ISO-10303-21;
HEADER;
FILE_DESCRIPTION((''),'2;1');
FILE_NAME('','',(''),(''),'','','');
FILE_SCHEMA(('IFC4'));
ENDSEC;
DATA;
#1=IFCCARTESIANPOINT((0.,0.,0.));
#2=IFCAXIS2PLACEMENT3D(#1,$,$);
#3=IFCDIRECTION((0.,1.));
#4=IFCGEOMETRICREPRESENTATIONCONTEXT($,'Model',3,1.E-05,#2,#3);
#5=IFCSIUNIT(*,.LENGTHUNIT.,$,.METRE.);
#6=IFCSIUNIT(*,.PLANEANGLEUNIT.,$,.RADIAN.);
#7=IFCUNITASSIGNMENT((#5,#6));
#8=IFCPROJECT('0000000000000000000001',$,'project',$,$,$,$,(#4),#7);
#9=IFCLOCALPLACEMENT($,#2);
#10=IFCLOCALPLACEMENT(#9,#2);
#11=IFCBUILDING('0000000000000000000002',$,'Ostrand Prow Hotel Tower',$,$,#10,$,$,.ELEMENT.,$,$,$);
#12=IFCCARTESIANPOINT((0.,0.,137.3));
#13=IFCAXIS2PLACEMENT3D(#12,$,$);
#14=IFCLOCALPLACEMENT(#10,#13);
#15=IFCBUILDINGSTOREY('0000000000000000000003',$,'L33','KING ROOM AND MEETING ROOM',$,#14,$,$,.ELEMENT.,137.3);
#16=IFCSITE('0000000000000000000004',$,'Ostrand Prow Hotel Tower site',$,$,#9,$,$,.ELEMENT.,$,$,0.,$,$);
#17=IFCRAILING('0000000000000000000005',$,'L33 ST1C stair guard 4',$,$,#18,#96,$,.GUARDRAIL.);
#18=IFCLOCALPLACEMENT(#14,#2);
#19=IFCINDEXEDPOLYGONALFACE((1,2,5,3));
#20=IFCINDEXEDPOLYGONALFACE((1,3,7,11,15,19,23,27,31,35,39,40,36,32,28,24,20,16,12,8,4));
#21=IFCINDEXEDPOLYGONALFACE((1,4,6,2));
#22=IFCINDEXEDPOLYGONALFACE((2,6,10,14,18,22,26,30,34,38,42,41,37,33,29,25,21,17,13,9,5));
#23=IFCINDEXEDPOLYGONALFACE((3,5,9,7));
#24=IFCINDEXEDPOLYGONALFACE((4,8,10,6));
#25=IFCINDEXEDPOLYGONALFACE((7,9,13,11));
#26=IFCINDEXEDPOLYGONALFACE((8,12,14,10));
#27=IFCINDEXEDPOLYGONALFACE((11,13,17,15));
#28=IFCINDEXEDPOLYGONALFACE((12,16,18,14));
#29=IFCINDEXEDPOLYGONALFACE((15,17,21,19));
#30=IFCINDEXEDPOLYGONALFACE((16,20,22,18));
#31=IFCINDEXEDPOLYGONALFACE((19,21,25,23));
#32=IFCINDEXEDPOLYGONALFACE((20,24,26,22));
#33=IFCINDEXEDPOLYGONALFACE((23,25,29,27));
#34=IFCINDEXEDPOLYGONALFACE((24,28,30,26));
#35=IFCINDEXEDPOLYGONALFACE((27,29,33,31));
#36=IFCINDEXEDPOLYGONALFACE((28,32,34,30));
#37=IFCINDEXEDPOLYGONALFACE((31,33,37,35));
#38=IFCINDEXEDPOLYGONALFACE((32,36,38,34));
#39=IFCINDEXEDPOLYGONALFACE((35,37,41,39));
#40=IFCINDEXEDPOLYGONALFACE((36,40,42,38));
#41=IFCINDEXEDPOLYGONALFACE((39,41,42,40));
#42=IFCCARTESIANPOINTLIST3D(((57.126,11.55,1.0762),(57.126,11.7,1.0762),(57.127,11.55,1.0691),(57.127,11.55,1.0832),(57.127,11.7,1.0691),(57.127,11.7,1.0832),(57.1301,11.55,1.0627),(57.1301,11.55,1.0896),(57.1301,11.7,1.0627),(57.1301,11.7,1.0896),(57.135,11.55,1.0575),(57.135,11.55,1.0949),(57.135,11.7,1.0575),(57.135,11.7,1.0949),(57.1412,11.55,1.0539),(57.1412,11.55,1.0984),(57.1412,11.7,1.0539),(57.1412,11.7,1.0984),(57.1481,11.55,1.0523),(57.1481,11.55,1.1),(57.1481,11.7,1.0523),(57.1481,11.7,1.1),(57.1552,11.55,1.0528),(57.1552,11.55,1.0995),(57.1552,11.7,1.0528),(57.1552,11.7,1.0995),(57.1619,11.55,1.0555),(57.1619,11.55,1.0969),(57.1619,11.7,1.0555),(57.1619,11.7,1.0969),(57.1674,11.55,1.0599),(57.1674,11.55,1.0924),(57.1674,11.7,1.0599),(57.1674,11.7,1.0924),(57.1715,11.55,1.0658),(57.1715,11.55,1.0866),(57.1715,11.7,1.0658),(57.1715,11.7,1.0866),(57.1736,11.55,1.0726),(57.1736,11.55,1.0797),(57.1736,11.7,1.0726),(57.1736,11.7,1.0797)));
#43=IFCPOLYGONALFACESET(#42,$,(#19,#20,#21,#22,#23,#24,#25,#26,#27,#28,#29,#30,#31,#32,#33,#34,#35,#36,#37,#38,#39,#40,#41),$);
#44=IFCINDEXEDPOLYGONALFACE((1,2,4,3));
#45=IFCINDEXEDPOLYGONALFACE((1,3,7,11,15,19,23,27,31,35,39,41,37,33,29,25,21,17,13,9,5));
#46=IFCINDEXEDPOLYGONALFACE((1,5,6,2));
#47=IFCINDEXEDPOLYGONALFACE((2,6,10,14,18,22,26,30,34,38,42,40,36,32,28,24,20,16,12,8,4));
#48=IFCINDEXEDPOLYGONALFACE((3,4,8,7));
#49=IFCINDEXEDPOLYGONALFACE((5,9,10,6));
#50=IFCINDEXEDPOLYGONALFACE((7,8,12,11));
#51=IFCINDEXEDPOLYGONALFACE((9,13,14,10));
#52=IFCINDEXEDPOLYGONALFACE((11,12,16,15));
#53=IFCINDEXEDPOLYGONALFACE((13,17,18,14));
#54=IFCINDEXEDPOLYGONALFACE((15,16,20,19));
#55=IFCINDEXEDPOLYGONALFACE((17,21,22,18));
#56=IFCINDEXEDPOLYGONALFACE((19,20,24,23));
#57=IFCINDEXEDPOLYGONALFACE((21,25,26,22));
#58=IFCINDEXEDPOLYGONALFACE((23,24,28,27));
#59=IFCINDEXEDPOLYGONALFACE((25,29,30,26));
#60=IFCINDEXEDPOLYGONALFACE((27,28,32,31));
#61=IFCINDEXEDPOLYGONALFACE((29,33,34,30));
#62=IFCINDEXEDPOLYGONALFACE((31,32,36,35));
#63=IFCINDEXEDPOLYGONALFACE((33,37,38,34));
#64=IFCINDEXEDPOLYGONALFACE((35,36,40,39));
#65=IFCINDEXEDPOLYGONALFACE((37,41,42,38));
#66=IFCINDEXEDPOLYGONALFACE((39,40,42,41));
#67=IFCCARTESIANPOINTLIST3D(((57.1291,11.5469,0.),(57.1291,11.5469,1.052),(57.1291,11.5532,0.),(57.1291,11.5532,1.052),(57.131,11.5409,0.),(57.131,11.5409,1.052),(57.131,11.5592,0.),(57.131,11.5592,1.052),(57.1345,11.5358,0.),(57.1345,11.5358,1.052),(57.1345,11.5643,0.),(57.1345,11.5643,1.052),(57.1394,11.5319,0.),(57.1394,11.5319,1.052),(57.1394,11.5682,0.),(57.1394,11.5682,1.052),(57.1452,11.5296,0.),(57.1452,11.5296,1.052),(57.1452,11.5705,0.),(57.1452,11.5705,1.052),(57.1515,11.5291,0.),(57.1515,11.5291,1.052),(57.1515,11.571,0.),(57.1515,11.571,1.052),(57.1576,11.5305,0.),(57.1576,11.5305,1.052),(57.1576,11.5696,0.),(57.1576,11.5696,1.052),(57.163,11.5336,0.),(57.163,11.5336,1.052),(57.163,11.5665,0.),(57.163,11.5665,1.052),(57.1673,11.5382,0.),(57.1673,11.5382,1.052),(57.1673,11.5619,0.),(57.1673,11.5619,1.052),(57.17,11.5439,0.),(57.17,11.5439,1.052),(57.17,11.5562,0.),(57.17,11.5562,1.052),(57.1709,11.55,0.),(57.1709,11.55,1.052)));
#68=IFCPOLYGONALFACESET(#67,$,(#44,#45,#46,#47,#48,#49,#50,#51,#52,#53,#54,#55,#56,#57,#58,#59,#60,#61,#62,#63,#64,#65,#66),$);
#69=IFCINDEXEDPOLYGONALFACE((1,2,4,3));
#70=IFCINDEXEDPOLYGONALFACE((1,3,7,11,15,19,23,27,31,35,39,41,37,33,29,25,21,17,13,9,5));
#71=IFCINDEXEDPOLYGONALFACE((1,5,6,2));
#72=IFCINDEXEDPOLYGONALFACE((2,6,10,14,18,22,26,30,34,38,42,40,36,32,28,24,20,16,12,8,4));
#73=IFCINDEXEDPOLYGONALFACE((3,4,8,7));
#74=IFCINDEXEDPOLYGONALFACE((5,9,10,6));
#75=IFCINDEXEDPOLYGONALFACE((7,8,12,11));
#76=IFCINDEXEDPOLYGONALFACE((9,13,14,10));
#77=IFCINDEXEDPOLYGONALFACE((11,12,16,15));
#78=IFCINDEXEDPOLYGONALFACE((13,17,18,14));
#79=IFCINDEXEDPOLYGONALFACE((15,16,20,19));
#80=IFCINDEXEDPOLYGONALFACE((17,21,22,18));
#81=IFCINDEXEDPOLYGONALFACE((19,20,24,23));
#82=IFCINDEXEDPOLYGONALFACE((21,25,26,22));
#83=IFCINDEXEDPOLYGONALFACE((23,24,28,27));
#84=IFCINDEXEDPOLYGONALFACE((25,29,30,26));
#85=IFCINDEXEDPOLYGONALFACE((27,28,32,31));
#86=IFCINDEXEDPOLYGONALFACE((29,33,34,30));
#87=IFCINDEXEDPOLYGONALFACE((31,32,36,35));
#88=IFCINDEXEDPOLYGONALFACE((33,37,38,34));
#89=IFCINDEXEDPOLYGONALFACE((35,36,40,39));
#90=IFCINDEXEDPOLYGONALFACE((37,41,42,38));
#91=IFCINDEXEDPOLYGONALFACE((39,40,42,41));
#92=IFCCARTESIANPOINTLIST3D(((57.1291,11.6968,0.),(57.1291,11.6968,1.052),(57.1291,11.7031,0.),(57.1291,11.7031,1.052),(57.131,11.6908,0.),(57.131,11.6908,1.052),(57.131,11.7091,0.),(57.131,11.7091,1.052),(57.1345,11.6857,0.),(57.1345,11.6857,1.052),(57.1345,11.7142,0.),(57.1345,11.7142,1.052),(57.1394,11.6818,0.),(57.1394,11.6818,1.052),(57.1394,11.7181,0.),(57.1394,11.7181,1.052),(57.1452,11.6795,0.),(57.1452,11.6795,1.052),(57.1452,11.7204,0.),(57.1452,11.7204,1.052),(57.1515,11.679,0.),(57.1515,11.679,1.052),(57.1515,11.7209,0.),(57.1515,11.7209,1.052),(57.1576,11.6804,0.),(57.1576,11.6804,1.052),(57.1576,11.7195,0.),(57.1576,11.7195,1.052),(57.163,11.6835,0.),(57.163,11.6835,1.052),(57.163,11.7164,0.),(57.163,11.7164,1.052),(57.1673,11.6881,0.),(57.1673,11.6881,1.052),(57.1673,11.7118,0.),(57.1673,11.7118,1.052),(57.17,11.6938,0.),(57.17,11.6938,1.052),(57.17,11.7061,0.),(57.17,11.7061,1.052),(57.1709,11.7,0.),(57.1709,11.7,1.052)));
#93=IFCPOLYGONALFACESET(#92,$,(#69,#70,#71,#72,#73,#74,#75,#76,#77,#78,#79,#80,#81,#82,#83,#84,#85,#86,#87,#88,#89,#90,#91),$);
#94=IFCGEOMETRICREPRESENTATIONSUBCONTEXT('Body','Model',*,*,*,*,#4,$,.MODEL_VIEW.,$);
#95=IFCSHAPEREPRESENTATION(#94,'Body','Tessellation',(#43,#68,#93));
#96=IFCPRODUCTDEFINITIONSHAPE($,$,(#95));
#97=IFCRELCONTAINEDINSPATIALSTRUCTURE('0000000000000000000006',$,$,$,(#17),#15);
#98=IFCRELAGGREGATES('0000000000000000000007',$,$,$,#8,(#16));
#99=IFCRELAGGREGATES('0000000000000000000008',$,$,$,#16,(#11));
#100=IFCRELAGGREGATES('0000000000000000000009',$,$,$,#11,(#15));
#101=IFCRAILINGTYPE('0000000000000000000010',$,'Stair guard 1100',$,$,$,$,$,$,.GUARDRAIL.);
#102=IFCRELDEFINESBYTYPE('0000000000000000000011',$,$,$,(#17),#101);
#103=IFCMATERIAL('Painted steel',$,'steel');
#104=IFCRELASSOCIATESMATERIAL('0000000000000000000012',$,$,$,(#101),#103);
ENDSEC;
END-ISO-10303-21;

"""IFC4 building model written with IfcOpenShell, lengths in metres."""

from ifc_helpers import new_model, si_unit, direction, frame, origin, origin_2d, place, context, subcontext, project, spatial, circle, extrude, material, type_object, element, save


model = new_model("IFC4")

# Units and contexts
model_context = context("Model", 3, precision=1e-05, world=origin(), true_north=direction((0.0, 1.0)))
body_context = subcontext(model_context, "Body", "Model", "MODEL_VIEW")
ifc_project = project(units=[si_unit("LENGTHUNIT", "METRE"), si_unit("PLANEANGLEUNIT", "RADIAN")], contexts=[model_context])

# Site, building, storey
site_placement = place(None, origin())
site = spatial("IfcSite", under=ifc_project, at=site_placement, Name="Ostrand Prow Hotel Tower site", CompositionType="ELEMENT", RefElevation=0.0)
building_placement = place(site_placement, origin())
building = spatial("IfcBuilding", under=site, at=building_placement, Name="Ostrand Prow Hotel Tower", CompositionType="ELEMENT")
storey_placement = place(building_placement, frame((0.0, 0.0, 137.3)))
storey = spatial("IfcBuildingStorey", under=building, at=storey_placement, Name="L33", Description="KING ROOM AND MEETING ROOM", CompositionType="ELEMENT", Elevation=137.3)

# Railing
ifc_material_1 = material(Name="Painted steel", Category="steel")
railing_type_1 = type_object("IfcRailingType", Name="Stair guard 1100", PredefinedType="GUARDRAIL", material=ifc_material_1)
railing_1_placement = place(storey_placement, frame((57.1499, 11.55, 0.0)))
element("IfcRailing", 1, at=railing_1_placement, inside=storey, type_object=railing_type_1, Name="L33 ST1C stair guard 4", PredefinedType="GUARDRAIL", context=body_context, shape_type="SweptSolid", body=[
    extrude(circle(Radius=0.0239, at=origin_2d()), frame((0.0, 0.0, 1.0762), z_axis=(0.0, 1.0, 0.0), x_axis=(-1.0, 0.0, 0.0)), (0.0, 0.0, 1.0), 0.1499),
    extrude(circle(Radius=0.021, at=origin_2d()), origin(), (0.0, 0.0, 1.0), 1.052),
    extrude(circle(Radius=0.021, at=origin_2d()), frame((0.0, 0.1499, 0.0)), (0.0, 0.0, 1.0), 1.052),
])

save(model, "model.ifc")
